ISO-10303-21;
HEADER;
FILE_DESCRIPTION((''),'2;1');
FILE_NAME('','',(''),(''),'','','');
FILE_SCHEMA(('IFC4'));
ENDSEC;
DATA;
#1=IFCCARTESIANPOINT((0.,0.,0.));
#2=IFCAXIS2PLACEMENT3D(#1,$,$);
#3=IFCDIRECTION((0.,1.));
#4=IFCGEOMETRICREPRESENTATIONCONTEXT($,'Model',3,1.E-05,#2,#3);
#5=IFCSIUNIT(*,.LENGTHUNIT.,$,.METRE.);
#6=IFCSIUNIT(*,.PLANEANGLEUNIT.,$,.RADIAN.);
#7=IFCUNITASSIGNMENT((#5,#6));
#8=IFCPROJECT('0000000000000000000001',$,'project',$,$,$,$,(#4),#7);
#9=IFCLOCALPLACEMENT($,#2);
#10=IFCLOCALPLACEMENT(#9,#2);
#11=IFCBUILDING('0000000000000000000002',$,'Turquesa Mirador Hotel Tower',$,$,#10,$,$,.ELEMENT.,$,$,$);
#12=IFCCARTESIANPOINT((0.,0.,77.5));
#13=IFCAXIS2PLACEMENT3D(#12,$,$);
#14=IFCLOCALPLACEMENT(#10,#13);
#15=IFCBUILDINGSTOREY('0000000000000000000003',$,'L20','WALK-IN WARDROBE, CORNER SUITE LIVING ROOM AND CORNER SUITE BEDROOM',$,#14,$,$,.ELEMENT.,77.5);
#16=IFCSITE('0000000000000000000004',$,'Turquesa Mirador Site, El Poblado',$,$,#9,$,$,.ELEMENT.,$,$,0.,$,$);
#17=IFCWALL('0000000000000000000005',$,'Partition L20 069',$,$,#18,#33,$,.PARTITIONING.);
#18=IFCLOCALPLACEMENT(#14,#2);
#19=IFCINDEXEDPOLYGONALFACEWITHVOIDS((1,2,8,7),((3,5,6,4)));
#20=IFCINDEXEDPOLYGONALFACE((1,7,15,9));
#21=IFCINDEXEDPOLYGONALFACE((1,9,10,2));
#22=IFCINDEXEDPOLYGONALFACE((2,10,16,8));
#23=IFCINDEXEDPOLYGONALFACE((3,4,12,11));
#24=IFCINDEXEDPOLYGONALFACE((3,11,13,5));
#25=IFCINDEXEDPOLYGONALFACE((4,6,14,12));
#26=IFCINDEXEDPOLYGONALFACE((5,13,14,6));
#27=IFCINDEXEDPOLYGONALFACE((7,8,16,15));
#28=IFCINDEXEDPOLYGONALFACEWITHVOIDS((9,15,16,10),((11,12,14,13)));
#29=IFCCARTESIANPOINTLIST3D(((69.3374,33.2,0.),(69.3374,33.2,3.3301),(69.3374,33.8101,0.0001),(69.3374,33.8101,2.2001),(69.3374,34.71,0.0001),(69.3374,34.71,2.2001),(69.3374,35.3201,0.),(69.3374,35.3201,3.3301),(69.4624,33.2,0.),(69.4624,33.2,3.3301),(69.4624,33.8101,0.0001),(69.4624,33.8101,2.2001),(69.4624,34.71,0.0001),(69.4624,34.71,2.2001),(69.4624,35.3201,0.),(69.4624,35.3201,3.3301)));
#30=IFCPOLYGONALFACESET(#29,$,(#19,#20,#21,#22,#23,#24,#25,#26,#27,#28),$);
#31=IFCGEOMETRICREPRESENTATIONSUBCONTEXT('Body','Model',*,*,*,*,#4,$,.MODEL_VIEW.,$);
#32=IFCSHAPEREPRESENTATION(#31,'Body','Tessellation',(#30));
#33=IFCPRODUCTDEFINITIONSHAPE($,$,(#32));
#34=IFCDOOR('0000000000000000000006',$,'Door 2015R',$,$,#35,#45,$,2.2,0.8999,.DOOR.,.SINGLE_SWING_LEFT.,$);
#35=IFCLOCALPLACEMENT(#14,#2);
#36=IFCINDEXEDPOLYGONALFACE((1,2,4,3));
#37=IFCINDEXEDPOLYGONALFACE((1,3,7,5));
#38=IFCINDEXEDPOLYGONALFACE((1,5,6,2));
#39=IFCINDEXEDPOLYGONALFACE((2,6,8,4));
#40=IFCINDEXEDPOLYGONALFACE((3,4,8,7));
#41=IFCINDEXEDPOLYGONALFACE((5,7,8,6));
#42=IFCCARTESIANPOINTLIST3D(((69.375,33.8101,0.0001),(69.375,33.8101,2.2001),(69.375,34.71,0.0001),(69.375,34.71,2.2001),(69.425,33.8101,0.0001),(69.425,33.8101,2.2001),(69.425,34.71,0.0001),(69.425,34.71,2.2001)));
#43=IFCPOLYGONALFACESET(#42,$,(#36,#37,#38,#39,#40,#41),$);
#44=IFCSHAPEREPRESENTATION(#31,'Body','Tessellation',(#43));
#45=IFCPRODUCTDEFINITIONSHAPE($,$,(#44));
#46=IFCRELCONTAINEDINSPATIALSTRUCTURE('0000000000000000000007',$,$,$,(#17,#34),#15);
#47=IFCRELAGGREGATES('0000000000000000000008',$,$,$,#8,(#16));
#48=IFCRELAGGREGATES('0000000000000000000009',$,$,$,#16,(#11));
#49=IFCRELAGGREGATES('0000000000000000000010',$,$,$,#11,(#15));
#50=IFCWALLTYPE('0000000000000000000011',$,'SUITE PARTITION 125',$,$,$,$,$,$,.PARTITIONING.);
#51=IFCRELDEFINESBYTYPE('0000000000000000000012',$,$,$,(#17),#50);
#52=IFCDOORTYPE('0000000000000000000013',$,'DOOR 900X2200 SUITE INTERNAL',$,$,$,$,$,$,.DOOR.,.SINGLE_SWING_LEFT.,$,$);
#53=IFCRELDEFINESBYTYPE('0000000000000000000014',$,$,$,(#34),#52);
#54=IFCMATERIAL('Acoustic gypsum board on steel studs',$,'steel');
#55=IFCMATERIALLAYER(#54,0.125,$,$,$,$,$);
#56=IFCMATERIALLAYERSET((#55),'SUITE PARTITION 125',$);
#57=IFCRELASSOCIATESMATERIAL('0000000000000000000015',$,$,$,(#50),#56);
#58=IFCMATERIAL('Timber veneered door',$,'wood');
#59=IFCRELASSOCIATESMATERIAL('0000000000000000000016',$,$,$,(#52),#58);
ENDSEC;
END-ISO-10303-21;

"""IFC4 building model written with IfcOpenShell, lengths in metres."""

from ifc_helpers import new_model, si_unit, direction, frame, frame_2d, origin, place, context, subcontext, project, spatial, rectangle, extrude, material, layer, layer_set, type_object, element, fill, save


model = new_model("IFC4")

# Units and contexts
model_context = context("Model", 3, precision=1e-05, world=origin(), true_north=direction((0.0, 1.0)))
body_context = subcontext(model_context, "Body", "Model", "MODEL_VIEW")
ifc_project = project(units=[si_unit("LENGTHUNIT", "METRE"), si_unit("PLANEANGLEUNIT", "RADIAN")], contexts=[model_context])

# Site, building, storey
site_placement = place(None, origin())
site = spatial("IfcSite", under=ifc_project, at=site_placement, Name="Turquesa Mirador Site, El Poblado", CompositionType="ELEMENT", RefElevation=0.0)
building_placement = place(site_placement, origin())
building = spatial("IfcBuilding", under=site, at=building_placement, Name="Turquesa Mirador Hotel Tower", CompositionType="ELEMENT")
storey_placement = place(building_placement, frame((0.0, 0.0, 77.5)))
storey = spatial("IfcBuildingStorey", under=building, at=storey_placement, Name="L20", Description="WALK-IN WARDROBE, CORNER SUITE LIVING ROOM AND CORNER SUITE BEDROOM", CompositionType="ELEMENT", Elevation=77.5)

# Wall, opening, door
ifc_material_1 = material(Name="Acoustic gypsum board on steel studs", Category="steel")
ifc_layer_1 = layer(ifc_material_1, 0.125)
ifc_layer_set_1 = layer_set([ifc_layer_1], Name="SUITE PARTITION 125")
wall_type_1 = type_object("IfcWallType", Name="SUITE PARTITION 125", PredefinedType="PARTITIONING", material=ifc_layer_set_1)
ifc_material_2 = material(Name="Timber veneered door", Category="wood")
door_type_1 = type_object("IfcDoorType", Name="DOOR 900X2200 SUITE INTERNAL", OperationType="SINGLE_SWING_LEFT", PredefinedType="DOOR", material=ifc_material_2)
wall_1_placement = place(storey_placement, frame((69.3999, 33.2, 0.0), z_axis=(0.0, 0.0, 1.0), x_axis=(0.0, 1.0, 0.0)))
wall_1 = element("IfcWall", 1, at=wall_1_placement, inside=storey, type_object=wall_type_1, Name="Partition L20 069", PredefinedType="PARTITIONING", context=body_context, shape_type="SweptSolid", body=[
    extrude(rectangle(XDim=2.1201, YDim=0.125, at=frame_2d((1.0601, 0.0))), origin(), (0.0, 0.0, 1.0), 3.3301),
])
opening_1_placement = place(wall_1_placement, frame((0.6101, 0.0, 0.0)))
opening_1 = element("IfcOpeningElement", 2, at=opening_1_placement, cuts=wall_1, PredefinedType="OPENING", context=body_context, shape_type="SweptSolid", body=[
    extrude(rectangle(XDim=0.8999, YDim=2.2, at=frame_2d((0.45, 1.1001))), frame((0.0, 0.0725, 0.0), z_axis=(0.0, -1.0, 0.0), x_axis=(1.0, 0.0, 0.0)), (0.0, 0.0, 1.0), 0.145),
])
door_1_placement = place(opening_1_placement, origin())
door_1 = element("IfcDoor", 3, at=door_1_placement, inside=storey, type_object=door_type_1, Name="Door 2015R", OperationType="SINGLE_SWING_LEFT", OverallHeight=2.2, OverallWidth=0.8999, PredefinedType="DOOR", context=body_context, shape_type="SweptSolid", body=[
    extrude(rectangle(XDim=0.8999, YDim=2.2, at=frame_2d((0.45, 1.1001))), frame((0.0, 0.0249, 0.0), z_axis=(0.0, -1.0, 0.0), x_axis=(1.0, 0.0, 0.0)), (0.0, 0.0, 1.0), 0.05),
])
fill(opening_1, door_1)

save(model, "model.ifc")
